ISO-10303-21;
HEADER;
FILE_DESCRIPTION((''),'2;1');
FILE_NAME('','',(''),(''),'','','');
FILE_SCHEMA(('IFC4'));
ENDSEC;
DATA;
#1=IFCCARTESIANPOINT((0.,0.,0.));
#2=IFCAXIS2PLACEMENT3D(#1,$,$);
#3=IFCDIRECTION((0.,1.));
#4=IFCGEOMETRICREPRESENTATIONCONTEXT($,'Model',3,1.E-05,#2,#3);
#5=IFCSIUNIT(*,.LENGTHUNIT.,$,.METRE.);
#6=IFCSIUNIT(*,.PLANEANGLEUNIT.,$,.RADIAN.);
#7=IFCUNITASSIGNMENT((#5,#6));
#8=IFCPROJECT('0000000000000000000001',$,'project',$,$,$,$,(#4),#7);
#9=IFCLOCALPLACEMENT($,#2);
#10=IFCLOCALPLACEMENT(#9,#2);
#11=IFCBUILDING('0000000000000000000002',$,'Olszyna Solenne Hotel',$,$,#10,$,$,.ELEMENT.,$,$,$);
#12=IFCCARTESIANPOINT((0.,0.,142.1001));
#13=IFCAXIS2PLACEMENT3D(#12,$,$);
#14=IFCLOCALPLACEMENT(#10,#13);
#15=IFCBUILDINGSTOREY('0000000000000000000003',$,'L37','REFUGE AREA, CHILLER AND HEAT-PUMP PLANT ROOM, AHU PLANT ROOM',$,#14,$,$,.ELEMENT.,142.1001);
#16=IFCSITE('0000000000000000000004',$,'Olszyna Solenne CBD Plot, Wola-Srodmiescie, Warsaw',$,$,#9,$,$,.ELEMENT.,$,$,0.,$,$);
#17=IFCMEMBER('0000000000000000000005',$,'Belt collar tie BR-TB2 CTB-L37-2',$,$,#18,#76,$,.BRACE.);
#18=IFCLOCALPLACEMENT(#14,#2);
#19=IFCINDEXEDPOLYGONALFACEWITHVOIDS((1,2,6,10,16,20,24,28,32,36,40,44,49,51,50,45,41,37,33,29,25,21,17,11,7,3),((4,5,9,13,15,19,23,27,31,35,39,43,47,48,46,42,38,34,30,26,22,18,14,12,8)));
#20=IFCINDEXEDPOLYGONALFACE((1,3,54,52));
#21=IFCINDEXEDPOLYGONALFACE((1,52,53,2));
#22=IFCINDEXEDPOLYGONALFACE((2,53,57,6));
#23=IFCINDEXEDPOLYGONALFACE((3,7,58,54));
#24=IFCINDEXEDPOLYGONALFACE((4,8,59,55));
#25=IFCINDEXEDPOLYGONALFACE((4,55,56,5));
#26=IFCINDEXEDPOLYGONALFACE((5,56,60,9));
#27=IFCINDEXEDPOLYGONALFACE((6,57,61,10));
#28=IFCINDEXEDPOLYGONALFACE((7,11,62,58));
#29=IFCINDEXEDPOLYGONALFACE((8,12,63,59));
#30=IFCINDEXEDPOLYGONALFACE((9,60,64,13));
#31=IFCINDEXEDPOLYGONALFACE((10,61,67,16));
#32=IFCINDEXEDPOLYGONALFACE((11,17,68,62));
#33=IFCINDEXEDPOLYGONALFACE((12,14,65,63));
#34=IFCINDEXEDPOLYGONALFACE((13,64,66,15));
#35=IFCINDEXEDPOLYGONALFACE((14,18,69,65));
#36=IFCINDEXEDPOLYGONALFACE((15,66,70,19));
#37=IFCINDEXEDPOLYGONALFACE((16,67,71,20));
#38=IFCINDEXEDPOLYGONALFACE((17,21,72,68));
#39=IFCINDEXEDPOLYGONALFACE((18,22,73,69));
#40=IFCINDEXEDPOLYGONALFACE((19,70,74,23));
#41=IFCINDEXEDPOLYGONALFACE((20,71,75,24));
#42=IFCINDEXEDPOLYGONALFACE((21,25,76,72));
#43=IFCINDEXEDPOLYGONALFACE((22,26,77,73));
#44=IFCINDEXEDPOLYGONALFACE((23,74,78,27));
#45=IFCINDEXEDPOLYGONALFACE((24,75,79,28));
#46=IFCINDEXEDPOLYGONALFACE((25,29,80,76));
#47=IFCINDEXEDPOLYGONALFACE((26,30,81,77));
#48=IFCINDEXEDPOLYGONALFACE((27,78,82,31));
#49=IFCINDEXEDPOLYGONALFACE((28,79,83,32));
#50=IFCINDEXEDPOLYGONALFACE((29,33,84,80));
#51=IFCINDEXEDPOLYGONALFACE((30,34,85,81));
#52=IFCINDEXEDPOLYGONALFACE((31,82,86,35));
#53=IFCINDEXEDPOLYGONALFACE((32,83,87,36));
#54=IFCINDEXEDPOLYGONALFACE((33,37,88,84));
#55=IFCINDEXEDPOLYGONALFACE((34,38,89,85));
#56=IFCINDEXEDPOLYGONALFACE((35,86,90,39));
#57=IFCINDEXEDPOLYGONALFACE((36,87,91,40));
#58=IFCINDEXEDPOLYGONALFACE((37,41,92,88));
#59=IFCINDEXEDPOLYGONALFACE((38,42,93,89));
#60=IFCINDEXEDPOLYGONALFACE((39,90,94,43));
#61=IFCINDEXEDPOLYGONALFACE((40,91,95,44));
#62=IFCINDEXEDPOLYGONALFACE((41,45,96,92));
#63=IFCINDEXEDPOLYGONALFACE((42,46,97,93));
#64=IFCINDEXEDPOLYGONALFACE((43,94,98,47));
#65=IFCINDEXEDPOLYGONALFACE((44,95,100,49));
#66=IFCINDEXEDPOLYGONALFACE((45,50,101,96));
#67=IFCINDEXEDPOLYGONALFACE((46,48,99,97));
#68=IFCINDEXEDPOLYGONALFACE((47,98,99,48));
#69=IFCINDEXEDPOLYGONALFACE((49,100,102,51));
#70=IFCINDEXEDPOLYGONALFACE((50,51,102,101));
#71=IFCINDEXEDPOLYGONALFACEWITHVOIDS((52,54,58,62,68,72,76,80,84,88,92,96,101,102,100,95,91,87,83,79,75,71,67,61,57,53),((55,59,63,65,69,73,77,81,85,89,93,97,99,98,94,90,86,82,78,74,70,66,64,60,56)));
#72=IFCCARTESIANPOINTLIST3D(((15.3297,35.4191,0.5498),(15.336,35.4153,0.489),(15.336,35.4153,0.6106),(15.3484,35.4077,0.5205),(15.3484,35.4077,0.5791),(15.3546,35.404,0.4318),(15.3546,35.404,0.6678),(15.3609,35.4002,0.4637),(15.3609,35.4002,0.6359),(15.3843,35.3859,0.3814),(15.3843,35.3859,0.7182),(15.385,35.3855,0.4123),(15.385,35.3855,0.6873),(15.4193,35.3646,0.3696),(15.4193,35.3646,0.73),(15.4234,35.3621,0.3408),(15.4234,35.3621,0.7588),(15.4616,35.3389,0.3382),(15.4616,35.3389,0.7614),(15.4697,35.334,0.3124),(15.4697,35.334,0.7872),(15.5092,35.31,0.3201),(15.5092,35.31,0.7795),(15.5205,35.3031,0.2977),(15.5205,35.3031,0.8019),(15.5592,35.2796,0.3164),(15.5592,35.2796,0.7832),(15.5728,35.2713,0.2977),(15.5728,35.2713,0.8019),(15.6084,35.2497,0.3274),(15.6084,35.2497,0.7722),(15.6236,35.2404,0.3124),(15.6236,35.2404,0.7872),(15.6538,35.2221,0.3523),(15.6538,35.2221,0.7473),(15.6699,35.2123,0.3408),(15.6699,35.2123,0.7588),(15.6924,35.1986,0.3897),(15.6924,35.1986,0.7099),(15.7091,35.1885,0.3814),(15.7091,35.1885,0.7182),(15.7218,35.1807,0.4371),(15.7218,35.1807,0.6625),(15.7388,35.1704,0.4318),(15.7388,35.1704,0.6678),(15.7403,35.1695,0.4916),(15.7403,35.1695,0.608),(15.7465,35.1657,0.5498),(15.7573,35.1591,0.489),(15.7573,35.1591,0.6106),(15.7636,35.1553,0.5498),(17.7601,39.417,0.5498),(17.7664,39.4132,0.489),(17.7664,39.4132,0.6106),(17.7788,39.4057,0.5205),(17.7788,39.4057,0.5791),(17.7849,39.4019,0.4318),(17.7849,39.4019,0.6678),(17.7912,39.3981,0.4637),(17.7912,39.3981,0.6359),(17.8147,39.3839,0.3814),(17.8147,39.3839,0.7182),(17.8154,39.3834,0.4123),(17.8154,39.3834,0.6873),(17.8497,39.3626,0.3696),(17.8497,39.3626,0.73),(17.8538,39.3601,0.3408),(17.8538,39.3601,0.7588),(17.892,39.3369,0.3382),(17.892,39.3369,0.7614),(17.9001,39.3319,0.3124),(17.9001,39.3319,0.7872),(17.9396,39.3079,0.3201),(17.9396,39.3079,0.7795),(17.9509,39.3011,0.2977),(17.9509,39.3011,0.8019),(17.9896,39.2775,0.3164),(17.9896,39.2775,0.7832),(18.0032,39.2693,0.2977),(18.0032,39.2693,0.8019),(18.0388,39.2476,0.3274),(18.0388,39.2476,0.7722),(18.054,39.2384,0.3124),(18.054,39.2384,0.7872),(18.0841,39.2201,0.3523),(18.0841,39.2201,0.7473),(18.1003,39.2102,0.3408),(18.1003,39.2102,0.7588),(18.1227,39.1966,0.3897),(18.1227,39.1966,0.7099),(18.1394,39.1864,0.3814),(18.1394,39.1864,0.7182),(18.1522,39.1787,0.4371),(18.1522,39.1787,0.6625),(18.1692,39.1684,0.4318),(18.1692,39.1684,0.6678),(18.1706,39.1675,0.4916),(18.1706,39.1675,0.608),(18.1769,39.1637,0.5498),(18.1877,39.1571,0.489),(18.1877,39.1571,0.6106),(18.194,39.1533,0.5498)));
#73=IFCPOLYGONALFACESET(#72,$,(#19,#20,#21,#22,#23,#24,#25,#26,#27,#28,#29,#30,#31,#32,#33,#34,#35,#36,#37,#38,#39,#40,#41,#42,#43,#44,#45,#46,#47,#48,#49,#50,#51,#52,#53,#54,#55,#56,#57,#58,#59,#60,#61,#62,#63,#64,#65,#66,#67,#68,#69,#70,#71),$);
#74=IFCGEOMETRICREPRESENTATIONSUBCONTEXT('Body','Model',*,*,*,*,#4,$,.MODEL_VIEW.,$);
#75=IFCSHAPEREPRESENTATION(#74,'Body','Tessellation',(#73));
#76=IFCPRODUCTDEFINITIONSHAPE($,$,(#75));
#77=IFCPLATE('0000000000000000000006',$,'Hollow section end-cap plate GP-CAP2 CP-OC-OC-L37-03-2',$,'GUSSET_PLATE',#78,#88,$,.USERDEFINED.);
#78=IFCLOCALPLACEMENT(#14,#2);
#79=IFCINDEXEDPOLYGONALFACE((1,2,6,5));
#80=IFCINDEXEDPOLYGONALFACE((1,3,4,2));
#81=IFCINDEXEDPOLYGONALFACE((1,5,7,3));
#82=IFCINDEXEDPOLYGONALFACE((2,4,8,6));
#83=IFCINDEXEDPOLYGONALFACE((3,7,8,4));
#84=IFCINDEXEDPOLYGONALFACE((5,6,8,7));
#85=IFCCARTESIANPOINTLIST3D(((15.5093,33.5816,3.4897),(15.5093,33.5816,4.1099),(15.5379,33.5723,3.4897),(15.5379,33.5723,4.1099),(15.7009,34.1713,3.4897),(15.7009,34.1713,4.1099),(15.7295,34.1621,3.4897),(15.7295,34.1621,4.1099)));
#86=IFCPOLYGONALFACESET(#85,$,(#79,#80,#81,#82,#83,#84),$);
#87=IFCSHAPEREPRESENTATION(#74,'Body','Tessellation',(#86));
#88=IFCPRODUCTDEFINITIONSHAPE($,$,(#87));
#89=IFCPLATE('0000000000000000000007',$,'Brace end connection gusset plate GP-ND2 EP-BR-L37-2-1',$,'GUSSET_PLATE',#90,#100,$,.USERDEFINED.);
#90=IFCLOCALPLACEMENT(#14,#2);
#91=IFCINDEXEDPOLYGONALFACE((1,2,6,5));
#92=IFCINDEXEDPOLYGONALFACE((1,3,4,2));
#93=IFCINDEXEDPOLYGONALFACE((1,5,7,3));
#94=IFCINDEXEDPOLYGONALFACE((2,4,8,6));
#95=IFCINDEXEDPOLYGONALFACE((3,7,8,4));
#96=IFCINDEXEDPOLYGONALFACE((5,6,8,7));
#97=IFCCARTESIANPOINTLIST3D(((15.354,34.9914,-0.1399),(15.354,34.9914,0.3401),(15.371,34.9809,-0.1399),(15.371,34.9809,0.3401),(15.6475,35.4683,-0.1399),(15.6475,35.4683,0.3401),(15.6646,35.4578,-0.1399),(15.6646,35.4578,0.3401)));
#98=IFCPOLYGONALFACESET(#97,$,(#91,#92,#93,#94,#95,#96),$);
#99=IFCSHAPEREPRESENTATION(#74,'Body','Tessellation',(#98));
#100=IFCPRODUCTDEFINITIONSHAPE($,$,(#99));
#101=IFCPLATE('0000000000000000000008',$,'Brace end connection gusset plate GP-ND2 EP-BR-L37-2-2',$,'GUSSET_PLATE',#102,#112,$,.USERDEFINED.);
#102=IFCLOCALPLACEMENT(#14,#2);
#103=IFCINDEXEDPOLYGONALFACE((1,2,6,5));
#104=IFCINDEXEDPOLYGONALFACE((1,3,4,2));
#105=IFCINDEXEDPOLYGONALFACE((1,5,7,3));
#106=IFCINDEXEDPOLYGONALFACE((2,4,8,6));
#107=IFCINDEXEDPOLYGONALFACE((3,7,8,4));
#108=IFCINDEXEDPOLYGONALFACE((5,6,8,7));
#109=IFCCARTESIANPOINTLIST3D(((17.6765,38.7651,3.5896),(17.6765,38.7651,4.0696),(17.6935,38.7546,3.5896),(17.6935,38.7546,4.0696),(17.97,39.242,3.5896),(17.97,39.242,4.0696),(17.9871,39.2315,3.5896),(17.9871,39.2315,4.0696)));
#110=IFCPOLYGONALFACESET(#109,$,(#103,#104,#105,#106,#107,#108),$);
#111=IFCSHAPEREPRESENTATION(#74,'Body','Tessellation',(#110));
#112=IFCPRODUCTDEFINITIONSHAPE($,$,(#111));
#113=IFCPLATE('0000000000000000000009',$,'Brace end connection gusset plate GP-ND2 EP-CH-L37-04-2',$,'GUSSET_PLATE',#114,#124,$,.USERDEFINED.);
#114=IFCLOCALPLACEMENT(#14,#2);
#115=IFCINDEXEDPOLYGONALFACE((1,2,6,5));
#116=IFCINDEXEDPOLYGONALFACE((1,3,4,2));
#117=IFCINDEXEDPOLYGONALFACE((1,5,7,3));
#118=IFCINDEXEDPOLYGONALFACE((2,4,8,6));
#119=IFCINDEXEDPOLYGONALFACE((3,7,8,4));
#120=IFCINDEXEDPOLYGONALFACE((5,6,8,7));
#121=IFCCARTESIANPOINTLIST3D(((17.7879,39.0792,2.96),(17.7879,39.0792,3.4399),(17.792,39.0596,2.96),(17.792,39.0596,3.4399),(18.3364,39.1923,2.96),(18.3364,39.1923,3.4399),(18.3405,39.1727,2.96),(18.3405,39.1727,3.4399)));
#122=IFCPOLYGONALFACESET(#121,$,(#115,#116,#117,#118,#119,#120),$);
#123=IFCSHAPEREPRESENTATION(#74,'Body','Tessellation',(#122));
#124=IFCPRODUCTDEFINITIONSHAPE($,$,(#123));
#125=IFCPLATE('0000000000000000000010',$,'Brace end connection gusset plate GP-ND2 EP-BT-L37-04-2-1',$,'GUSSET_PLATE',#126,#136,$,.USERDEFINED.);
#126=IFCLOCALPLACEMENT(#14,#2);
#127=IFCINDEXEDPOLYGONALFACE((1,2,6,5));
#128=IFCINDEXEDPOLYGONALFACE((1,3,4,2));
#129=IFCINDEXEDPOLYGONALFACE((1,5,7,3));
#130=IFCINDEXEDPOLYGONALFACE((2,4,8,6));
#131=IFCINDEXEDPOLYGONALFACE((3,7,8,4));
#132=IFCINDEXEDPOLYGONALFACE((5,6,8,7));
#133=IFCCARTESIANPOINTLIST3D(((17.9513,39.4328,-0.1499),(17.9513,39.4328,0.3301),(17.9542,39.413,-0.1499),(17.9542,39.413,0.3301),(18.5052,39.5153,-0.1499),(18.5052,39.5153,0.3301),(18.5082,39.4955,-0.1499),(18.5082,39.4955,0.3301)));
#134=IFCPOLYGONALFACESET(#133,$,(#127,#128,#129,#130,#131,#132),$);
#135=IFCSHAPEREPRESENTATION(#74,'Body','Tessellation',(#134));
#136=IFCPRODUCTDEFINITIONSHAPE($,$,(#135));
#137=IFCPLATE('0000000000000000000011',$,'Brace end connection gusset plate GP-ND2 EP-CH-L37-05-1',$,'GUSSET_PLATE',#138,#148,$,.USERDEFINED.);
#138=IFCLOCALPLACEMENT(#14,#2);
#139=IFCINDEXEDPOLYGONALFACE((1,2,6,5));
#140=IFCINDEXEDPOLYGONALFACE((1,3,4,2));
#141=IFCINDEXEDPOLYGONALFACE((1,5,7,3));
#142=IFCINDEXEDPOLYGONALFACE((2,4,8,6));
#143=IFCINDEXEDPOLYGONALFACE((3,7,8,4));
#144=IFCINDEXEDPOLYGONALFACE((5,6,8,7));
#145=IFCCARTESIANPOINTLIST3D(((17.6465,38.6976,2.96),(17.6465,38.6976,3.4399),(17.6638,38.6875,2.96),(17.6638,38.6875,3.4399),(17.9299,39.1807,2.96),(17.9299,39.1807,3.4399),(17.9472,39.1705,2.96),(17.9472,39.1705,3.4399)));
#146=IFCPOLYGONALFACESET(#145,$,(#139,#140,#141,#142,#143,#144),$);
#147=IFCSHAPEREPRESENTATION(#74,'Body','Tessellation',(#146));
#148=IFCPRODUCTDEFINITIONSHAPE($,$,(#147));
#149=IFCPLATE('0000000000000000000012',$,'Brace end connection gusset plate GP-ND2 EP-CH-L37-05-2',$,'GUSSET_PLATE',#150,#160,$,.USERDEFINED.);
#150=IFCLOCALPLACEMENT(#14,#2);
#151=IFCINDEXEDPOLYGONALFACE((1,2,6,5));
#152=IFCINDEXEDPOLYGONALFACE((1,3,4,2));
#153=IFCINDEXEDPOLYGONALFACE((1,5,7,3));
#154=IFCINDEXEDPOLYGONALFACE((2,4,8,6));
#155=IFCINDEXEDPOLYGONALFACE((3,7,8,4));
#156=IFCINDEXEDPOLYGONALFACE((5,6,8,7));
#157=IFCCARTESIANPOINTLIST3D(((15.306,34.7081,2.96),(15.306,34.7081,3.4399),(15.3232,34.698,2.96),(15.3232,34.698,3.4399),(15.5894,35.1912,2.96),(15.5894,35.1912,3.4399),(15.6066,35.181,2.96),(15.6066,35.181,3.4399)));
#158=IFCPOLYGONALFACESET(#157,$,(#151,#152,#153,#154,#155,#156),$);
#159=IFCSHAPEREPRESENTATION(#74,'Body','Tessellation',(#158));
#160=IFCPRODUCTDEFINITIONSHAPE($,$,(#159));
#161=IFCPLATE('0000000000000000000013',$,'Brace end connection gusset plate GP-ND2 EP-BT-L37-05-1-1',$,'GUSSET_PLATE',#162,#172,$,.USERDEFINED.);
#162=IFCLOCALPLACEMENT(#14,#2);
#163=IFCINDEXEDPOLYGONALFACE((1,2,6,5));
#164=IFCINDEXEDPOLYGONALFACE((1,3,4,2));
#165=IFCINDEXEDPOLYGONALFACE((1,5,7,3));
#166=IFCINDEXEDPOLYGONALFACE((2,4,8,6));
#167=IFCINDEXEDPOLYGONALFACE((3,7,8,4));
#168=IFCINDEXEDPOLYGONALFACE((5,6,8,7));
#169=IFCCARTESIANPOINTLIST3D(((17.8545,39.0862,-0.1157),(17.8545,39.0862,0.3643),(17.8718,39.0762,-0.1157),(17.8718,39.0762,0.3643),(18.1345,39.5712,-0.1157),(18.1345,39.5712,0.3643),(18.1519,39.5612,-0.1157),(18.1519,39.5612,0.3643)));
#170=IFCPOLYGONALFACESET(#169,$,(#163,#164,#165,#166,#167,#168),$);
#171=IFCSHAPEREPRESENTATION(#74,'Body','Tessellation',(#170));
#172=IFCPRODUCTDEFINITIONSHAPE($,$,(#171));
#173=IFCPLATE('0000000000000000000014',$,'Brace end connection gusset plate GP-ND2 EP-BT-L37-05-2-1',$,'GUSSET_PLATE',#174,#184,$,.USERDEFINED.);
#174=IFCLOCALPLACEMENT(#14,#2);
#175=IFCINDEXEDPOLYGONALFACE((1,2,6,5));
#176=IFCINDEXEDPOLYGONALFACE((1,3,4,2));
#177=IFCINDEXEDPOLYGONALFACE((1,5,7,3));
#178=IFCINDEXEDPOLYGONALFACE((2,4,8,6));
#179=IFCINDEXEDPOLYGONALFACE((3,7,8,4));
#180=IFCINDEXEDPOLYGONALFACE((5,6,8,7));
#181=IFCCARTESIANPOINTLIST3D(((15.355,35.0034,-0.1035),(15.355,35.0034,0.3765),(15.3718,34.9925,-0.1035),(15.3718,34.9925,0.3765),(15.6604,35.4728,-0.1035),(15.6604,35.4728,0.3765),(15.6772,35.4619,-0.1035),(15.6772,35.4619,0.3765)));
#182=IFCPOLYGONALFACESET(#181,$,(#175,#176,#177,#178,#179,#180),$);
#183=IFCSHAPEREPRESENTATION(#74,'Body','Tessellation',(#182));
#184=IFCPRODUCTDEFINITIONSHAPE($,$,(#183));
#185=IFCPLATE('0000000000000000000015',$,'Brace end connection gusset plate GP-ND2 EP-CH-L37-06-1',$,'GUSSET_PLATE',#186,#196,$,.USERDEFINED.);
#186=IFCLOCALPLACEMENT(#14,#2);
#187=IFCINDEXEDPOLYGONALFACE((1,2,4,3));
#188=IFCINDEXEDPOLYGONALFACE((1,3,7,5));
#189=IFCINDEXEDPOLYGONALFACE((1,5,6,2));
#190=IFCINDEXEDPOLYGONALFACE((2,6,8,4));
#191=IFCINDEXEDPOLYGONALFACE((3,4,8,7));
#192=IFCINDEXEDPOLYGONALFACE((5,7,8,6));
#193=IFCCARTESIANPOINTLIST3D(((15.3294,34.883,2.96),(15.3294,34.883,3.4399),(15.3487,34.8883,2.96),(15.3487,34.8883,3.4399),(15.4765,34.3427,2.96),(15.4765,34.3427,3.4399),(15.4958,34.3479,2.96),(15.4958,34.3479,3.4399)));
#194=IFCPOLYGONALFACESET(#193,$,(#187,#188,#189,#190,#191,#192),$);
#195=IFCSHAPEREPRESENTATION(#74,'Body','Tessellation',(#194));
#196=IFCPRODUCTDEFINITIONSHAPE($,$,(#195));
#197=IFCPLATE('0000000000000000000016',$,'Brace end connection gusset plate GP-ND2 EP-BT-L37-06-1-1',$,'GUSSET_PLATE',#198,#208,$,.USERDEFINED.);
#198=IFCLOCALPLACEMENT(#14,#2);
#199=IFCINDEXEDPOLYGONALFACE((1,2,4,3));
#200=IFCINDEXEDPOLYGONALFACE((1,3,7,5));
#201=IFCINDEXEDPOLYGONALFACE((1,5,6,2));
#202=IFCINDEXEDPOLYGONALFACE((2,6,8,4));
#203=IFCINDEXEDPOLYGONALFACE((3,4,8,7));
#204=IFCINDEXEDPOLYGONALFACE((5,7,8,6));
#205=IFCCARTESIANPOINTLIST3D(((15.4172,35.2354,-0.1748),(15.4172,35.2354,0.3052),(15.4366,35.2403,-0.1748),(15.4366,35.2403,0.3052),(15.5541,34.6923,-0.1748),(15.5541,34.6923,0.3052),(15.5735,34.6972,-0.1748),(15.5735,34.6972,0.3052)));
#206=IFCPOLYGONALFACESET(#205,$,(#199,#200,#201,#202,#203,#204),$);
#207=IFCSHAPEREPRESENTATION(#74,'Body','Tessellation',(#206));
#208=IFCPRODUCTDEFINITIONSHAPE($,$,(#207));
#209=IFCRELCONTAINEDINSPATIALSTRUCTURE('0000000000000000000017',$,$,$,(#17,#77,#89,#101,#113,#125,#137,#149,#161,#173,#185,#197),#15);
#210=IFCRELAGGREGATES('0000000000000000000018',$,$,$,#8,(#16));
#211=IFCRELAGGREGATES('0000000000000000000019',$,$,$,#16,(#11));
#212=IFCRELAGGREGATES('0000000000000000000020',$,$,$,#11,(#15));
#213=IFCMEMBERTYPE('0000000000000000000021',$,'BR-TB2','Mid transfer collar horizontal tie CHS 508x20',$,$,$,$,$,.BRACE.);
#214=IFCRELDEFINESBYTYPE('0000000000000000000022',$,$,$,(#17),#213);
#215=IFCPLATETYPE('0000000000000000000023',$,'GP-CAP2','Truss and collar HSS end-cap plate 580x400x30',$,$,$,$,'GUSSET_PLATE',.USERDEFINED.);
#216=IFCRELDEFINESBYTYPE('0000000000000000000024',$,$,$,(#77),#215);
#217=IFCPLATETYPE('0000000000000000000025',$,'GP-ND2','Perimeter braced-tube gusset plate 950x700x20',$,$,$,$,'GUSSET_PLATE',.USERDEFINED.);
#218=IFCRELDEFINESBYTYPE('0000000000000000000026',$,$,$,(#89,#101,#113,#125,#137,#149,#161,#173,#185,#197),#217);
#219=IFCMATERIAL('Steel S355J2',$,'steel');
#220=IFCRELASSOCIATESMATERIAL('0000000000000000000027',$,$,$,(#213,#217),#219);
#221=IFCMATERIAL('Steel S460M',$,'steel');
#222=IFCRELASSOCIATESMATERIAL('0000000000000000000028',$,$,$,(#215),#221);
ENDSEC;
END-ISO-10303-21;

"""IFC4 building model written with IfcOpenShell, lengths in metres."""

from ifc_helpers import new_model, si_unit, direction, frame, origin, origin_2d, place, context, subcontext, project, spatial, rectangle, hollow_circle, extrude, source, transform, mapped, material, material_profile, profile_set, type_object, element, save


model = new_model("IFC4")

# Units and contexts
model_context = context("Model", 3, precision=1e-05, world=origin(), true_north=direction((0.0, 1.0)))
body_context = subcontext(model_context, "Body", "Model", "MODEL_VIEW")
ifc_project = project(units=[si_unit("LENGTHUNIT", "METRE"), si_unit("PLANEANGLEUNIT", "RADIAN")], contexts=[model_context])

# Site, building, storey
site_placement = place(None, origin())
site = spatial("IfcSite", under=ifc_project, at=site_placement, Name="Olszyna Solenne CBD Plot, Wola-Srodmiescie, Warsaw", CompositionType="ELEMENT", RefElevation=0.0)
building_placement = place(site_placement, origin())
building = spatial("IfcBuilding", under=site, at=building_placement, Name="Olszyna Solenne Hotel", CompositionType="ELEMENT")
storey_placement = place(building_placement, frame((0.0, 0.0, 142.1001)))
storey = spatial("IfcBuildingStorey", under=building, at=storey_placement, Name="L37", Description="REFUGE AREA, CHILLER AND HEAT-PUMP PLANT ROOM, AHU PLANT ROOM", CompositionType="ELEMENT", Elevation=142.1001)

# Shared definitions
ifc_material_1 = material(Name="Steel S460M", Category="steel")

# Shared definitions
ifc_material_2 = material(Name="Steel S355J2", Category="steel")

# Member
ifc_material_profile_1 = material_profile(ifc_material_2, hollow_circle(Radius=0.2539, WallThickness=0.02, at=origin_2d()), Name="CHS 508x20", Category="load-bearing")
ifc_profile_set_1 = profile_set([ifc_material_profile_1], Name="Steel S355J2")
member_type_1 = type_object("IfcMemberType", Name="BR-TB2", Description="Mid transfer collar horizontal tie CHS 508x20", PredefinedType="BRACE", material=ifc_profile_set_1)
shared_shape_1 = source(origin(), body_context, "Body", "SweptSolid", [
    extrude(hollow_circle(Radius=0.2539, WallThickness=0.02, at=origin_2d()), origin(), (0.0, 0.0, 1.0), 4.6787),
])
member_1_placement = place(storey_placement, frame((17.9771, 39.2852, 0.5498), z_axis=(-0.519452, -0.8545, 0.0), x_axis=(0.8545, -0.519452, 0.0)))
element("IfcMember", 1, at=member_1_placement, inside=storey, type_object=member_type_1, Name="Belt collar tie BR-TB2 CTB-L37-2", PredefinedType="BRACE", context=body_context, shape_type="MappedRepresentation", body=[
    mapped(shared_shape_1, transform((0.0, 0.0, 0.0), x_axis=(1.0, 0.0, 0.0), y_axis=(0.0, 1.0, 0.0), z_axis=(0.0, 0.0, 1.0), scale=1.0)),
])

# Plates
plate_type_1 = type_object("IfcPlateType", Name="GP-CAP2", Description="Truss and collar HSS end-cap plate 580x400x30", ElementType="GUSSET_PLATE", PredefinedType="USERDEFINED", material=ifc_material_1)
shared_shape_2 = source(origin(), body_context, "Body", "SweptSolid", [
    extrude(rectangle(XDim=0.03, YDim=0.6201, at=origin_2d()), origin(), (0.0, 0.0, 1.0), 0.6201),
])
plate_1_placement = place(storey_placement, frame((15.6194, 33.8718, 3.4897), z_axis=(0.0, 0.0, 1.0), x_axis=(-0.951057, 0.309017, 0.0)))
element("IfcPlate", 2, at=plate_1_placement, inside=storey, type_object=plate_type_1, Name="Hollow section end-cap plate GP-CAP2 CP-OC-OC-L37-03-2", ObjectType="GUSSET_PLATE", PredefinedType="USERDEFINED", context=body_context, shape_type="MappedRepresentation", body=[
    mapped(shared_shape_2, transform((0.0, 0.0, 0.0), x_axis=(1.0, 0.0, 0.0), y_axis=(0.0, 1.0, 0.0), z_axis=(0.0, 0.0, 1.0), scale=1.0)),
])
plate_type_2 = type_object("IfcPlateType", Name="GP-ND2", Description="Perimeter braced-tube gusset plate 950x700x20", ElementType="GUSSET_PLATE", PredefinedType="USERDEFINED", material=ifc_material_2)
shared_shape_3 = source(origin(), body_context, "Body", "SweptSolid", [
    extrude(rectangle(XDim=0.5601, YDim=0.02, at=origin_2d()), origin(), (0.0, 0.0, 1.0), 0.48),
])
for number, where, z_axis, x_axis, name in (
    (3, (15.5093, 35.2246, -0.1399), (0.0, 0.0, 1.0), (0.524135, 0.851635, 0.0), "Brace end connection gusset plate GP-ND2 EP-BR-L37-2-1"),
    (4, (17.8318, 38.9983, 3.5896), (0.0, 0.0, 1.0), (0.524135, 0.851635, 0.0), "Brace end connection gusset plate GP-ND2 EP-BR-L37-2-2"),
    (5, (18.0642, 39.126, 2.96), (0.0, 0.0, 1.0), (-0.979399, -0.201933, 0.0), "Brace end connection gusset plate GP-ND2 EP-CH-L37-04-2"),
    (6, (18.2297, 39.4641, -0.1499), (0.0, 0.0, 1.0), (0.989093, 0.147292, 0.0), "Brace end connection gusset plate GP-ND2 EP-BT-L37-04-2-1"),
    (7, (17.7969, 38.9341, 2.96), (0.0, 0.0, 1.0), (-0.506034, -0.862514, 0.0), "Brace end connection gusset plate GP-ND2 EP-CH-L37-05-1"),
    (8, (15.4563, 34.9446, 2.96), (0.0, 0.0, 1.0), (-0.506034, -0.862514, 0.0), "Brace end connection gusset plate GP-ND2 EP-CH-L37-05-2"),
    (9, (18.0032, 39.3237, -0.1157), (0.0, 0.0, 1.0), (-0.5, -0.866025, 0.0), "Brace end connection gusset plate GP-ND2 EP-BT-L37-05-1-1"),
    (10, (15.5161, 35.2327, -0.1035), (0.0, 0.0, 1.0), (0.545371, 0.838195, 0.0), "Brace end connection gusset plate GP-ND2 EP-BT-L37-05-2-1"),
    (11, (15.4126, 34.6155, 2.96), (0.0, 0.0, 1.0), (0.262694, -0.964879, 0.0), "Brace end connection gusset plate GP-ND2 EP-CH-L37-06-1"),
    (12, (15.4954, 34.9663, -0.1748), (0.0, 0.0, 1.0), (0.244461, -0.969659, 0.0), "Brace end connection gusset plate GP-ND2 EP-BT-L37-06-1-1"),
):
    element("IfcPlate", number, at=place(storey_placement, frame(where, z_axis=z_axis, x_axis=x_axis)), inside=storey, type_object=plate_type_2, Name=name, ObjectType="GUSSET_PLATE", PredefinedType="USERDEFINED", context=body_context, shape_type="MappedRepresentation", body=[
        mapped(shared_shape_3, transform((0.0, 0.0, 0.0), x_axis=(1.0, 0.0, 0.0), y_axis=(0.0, 1.0, 0.0), z_axis=(0.0, 0.0, 1.0), scale=1.0)),
    ])

save(model, "model.ifc")
